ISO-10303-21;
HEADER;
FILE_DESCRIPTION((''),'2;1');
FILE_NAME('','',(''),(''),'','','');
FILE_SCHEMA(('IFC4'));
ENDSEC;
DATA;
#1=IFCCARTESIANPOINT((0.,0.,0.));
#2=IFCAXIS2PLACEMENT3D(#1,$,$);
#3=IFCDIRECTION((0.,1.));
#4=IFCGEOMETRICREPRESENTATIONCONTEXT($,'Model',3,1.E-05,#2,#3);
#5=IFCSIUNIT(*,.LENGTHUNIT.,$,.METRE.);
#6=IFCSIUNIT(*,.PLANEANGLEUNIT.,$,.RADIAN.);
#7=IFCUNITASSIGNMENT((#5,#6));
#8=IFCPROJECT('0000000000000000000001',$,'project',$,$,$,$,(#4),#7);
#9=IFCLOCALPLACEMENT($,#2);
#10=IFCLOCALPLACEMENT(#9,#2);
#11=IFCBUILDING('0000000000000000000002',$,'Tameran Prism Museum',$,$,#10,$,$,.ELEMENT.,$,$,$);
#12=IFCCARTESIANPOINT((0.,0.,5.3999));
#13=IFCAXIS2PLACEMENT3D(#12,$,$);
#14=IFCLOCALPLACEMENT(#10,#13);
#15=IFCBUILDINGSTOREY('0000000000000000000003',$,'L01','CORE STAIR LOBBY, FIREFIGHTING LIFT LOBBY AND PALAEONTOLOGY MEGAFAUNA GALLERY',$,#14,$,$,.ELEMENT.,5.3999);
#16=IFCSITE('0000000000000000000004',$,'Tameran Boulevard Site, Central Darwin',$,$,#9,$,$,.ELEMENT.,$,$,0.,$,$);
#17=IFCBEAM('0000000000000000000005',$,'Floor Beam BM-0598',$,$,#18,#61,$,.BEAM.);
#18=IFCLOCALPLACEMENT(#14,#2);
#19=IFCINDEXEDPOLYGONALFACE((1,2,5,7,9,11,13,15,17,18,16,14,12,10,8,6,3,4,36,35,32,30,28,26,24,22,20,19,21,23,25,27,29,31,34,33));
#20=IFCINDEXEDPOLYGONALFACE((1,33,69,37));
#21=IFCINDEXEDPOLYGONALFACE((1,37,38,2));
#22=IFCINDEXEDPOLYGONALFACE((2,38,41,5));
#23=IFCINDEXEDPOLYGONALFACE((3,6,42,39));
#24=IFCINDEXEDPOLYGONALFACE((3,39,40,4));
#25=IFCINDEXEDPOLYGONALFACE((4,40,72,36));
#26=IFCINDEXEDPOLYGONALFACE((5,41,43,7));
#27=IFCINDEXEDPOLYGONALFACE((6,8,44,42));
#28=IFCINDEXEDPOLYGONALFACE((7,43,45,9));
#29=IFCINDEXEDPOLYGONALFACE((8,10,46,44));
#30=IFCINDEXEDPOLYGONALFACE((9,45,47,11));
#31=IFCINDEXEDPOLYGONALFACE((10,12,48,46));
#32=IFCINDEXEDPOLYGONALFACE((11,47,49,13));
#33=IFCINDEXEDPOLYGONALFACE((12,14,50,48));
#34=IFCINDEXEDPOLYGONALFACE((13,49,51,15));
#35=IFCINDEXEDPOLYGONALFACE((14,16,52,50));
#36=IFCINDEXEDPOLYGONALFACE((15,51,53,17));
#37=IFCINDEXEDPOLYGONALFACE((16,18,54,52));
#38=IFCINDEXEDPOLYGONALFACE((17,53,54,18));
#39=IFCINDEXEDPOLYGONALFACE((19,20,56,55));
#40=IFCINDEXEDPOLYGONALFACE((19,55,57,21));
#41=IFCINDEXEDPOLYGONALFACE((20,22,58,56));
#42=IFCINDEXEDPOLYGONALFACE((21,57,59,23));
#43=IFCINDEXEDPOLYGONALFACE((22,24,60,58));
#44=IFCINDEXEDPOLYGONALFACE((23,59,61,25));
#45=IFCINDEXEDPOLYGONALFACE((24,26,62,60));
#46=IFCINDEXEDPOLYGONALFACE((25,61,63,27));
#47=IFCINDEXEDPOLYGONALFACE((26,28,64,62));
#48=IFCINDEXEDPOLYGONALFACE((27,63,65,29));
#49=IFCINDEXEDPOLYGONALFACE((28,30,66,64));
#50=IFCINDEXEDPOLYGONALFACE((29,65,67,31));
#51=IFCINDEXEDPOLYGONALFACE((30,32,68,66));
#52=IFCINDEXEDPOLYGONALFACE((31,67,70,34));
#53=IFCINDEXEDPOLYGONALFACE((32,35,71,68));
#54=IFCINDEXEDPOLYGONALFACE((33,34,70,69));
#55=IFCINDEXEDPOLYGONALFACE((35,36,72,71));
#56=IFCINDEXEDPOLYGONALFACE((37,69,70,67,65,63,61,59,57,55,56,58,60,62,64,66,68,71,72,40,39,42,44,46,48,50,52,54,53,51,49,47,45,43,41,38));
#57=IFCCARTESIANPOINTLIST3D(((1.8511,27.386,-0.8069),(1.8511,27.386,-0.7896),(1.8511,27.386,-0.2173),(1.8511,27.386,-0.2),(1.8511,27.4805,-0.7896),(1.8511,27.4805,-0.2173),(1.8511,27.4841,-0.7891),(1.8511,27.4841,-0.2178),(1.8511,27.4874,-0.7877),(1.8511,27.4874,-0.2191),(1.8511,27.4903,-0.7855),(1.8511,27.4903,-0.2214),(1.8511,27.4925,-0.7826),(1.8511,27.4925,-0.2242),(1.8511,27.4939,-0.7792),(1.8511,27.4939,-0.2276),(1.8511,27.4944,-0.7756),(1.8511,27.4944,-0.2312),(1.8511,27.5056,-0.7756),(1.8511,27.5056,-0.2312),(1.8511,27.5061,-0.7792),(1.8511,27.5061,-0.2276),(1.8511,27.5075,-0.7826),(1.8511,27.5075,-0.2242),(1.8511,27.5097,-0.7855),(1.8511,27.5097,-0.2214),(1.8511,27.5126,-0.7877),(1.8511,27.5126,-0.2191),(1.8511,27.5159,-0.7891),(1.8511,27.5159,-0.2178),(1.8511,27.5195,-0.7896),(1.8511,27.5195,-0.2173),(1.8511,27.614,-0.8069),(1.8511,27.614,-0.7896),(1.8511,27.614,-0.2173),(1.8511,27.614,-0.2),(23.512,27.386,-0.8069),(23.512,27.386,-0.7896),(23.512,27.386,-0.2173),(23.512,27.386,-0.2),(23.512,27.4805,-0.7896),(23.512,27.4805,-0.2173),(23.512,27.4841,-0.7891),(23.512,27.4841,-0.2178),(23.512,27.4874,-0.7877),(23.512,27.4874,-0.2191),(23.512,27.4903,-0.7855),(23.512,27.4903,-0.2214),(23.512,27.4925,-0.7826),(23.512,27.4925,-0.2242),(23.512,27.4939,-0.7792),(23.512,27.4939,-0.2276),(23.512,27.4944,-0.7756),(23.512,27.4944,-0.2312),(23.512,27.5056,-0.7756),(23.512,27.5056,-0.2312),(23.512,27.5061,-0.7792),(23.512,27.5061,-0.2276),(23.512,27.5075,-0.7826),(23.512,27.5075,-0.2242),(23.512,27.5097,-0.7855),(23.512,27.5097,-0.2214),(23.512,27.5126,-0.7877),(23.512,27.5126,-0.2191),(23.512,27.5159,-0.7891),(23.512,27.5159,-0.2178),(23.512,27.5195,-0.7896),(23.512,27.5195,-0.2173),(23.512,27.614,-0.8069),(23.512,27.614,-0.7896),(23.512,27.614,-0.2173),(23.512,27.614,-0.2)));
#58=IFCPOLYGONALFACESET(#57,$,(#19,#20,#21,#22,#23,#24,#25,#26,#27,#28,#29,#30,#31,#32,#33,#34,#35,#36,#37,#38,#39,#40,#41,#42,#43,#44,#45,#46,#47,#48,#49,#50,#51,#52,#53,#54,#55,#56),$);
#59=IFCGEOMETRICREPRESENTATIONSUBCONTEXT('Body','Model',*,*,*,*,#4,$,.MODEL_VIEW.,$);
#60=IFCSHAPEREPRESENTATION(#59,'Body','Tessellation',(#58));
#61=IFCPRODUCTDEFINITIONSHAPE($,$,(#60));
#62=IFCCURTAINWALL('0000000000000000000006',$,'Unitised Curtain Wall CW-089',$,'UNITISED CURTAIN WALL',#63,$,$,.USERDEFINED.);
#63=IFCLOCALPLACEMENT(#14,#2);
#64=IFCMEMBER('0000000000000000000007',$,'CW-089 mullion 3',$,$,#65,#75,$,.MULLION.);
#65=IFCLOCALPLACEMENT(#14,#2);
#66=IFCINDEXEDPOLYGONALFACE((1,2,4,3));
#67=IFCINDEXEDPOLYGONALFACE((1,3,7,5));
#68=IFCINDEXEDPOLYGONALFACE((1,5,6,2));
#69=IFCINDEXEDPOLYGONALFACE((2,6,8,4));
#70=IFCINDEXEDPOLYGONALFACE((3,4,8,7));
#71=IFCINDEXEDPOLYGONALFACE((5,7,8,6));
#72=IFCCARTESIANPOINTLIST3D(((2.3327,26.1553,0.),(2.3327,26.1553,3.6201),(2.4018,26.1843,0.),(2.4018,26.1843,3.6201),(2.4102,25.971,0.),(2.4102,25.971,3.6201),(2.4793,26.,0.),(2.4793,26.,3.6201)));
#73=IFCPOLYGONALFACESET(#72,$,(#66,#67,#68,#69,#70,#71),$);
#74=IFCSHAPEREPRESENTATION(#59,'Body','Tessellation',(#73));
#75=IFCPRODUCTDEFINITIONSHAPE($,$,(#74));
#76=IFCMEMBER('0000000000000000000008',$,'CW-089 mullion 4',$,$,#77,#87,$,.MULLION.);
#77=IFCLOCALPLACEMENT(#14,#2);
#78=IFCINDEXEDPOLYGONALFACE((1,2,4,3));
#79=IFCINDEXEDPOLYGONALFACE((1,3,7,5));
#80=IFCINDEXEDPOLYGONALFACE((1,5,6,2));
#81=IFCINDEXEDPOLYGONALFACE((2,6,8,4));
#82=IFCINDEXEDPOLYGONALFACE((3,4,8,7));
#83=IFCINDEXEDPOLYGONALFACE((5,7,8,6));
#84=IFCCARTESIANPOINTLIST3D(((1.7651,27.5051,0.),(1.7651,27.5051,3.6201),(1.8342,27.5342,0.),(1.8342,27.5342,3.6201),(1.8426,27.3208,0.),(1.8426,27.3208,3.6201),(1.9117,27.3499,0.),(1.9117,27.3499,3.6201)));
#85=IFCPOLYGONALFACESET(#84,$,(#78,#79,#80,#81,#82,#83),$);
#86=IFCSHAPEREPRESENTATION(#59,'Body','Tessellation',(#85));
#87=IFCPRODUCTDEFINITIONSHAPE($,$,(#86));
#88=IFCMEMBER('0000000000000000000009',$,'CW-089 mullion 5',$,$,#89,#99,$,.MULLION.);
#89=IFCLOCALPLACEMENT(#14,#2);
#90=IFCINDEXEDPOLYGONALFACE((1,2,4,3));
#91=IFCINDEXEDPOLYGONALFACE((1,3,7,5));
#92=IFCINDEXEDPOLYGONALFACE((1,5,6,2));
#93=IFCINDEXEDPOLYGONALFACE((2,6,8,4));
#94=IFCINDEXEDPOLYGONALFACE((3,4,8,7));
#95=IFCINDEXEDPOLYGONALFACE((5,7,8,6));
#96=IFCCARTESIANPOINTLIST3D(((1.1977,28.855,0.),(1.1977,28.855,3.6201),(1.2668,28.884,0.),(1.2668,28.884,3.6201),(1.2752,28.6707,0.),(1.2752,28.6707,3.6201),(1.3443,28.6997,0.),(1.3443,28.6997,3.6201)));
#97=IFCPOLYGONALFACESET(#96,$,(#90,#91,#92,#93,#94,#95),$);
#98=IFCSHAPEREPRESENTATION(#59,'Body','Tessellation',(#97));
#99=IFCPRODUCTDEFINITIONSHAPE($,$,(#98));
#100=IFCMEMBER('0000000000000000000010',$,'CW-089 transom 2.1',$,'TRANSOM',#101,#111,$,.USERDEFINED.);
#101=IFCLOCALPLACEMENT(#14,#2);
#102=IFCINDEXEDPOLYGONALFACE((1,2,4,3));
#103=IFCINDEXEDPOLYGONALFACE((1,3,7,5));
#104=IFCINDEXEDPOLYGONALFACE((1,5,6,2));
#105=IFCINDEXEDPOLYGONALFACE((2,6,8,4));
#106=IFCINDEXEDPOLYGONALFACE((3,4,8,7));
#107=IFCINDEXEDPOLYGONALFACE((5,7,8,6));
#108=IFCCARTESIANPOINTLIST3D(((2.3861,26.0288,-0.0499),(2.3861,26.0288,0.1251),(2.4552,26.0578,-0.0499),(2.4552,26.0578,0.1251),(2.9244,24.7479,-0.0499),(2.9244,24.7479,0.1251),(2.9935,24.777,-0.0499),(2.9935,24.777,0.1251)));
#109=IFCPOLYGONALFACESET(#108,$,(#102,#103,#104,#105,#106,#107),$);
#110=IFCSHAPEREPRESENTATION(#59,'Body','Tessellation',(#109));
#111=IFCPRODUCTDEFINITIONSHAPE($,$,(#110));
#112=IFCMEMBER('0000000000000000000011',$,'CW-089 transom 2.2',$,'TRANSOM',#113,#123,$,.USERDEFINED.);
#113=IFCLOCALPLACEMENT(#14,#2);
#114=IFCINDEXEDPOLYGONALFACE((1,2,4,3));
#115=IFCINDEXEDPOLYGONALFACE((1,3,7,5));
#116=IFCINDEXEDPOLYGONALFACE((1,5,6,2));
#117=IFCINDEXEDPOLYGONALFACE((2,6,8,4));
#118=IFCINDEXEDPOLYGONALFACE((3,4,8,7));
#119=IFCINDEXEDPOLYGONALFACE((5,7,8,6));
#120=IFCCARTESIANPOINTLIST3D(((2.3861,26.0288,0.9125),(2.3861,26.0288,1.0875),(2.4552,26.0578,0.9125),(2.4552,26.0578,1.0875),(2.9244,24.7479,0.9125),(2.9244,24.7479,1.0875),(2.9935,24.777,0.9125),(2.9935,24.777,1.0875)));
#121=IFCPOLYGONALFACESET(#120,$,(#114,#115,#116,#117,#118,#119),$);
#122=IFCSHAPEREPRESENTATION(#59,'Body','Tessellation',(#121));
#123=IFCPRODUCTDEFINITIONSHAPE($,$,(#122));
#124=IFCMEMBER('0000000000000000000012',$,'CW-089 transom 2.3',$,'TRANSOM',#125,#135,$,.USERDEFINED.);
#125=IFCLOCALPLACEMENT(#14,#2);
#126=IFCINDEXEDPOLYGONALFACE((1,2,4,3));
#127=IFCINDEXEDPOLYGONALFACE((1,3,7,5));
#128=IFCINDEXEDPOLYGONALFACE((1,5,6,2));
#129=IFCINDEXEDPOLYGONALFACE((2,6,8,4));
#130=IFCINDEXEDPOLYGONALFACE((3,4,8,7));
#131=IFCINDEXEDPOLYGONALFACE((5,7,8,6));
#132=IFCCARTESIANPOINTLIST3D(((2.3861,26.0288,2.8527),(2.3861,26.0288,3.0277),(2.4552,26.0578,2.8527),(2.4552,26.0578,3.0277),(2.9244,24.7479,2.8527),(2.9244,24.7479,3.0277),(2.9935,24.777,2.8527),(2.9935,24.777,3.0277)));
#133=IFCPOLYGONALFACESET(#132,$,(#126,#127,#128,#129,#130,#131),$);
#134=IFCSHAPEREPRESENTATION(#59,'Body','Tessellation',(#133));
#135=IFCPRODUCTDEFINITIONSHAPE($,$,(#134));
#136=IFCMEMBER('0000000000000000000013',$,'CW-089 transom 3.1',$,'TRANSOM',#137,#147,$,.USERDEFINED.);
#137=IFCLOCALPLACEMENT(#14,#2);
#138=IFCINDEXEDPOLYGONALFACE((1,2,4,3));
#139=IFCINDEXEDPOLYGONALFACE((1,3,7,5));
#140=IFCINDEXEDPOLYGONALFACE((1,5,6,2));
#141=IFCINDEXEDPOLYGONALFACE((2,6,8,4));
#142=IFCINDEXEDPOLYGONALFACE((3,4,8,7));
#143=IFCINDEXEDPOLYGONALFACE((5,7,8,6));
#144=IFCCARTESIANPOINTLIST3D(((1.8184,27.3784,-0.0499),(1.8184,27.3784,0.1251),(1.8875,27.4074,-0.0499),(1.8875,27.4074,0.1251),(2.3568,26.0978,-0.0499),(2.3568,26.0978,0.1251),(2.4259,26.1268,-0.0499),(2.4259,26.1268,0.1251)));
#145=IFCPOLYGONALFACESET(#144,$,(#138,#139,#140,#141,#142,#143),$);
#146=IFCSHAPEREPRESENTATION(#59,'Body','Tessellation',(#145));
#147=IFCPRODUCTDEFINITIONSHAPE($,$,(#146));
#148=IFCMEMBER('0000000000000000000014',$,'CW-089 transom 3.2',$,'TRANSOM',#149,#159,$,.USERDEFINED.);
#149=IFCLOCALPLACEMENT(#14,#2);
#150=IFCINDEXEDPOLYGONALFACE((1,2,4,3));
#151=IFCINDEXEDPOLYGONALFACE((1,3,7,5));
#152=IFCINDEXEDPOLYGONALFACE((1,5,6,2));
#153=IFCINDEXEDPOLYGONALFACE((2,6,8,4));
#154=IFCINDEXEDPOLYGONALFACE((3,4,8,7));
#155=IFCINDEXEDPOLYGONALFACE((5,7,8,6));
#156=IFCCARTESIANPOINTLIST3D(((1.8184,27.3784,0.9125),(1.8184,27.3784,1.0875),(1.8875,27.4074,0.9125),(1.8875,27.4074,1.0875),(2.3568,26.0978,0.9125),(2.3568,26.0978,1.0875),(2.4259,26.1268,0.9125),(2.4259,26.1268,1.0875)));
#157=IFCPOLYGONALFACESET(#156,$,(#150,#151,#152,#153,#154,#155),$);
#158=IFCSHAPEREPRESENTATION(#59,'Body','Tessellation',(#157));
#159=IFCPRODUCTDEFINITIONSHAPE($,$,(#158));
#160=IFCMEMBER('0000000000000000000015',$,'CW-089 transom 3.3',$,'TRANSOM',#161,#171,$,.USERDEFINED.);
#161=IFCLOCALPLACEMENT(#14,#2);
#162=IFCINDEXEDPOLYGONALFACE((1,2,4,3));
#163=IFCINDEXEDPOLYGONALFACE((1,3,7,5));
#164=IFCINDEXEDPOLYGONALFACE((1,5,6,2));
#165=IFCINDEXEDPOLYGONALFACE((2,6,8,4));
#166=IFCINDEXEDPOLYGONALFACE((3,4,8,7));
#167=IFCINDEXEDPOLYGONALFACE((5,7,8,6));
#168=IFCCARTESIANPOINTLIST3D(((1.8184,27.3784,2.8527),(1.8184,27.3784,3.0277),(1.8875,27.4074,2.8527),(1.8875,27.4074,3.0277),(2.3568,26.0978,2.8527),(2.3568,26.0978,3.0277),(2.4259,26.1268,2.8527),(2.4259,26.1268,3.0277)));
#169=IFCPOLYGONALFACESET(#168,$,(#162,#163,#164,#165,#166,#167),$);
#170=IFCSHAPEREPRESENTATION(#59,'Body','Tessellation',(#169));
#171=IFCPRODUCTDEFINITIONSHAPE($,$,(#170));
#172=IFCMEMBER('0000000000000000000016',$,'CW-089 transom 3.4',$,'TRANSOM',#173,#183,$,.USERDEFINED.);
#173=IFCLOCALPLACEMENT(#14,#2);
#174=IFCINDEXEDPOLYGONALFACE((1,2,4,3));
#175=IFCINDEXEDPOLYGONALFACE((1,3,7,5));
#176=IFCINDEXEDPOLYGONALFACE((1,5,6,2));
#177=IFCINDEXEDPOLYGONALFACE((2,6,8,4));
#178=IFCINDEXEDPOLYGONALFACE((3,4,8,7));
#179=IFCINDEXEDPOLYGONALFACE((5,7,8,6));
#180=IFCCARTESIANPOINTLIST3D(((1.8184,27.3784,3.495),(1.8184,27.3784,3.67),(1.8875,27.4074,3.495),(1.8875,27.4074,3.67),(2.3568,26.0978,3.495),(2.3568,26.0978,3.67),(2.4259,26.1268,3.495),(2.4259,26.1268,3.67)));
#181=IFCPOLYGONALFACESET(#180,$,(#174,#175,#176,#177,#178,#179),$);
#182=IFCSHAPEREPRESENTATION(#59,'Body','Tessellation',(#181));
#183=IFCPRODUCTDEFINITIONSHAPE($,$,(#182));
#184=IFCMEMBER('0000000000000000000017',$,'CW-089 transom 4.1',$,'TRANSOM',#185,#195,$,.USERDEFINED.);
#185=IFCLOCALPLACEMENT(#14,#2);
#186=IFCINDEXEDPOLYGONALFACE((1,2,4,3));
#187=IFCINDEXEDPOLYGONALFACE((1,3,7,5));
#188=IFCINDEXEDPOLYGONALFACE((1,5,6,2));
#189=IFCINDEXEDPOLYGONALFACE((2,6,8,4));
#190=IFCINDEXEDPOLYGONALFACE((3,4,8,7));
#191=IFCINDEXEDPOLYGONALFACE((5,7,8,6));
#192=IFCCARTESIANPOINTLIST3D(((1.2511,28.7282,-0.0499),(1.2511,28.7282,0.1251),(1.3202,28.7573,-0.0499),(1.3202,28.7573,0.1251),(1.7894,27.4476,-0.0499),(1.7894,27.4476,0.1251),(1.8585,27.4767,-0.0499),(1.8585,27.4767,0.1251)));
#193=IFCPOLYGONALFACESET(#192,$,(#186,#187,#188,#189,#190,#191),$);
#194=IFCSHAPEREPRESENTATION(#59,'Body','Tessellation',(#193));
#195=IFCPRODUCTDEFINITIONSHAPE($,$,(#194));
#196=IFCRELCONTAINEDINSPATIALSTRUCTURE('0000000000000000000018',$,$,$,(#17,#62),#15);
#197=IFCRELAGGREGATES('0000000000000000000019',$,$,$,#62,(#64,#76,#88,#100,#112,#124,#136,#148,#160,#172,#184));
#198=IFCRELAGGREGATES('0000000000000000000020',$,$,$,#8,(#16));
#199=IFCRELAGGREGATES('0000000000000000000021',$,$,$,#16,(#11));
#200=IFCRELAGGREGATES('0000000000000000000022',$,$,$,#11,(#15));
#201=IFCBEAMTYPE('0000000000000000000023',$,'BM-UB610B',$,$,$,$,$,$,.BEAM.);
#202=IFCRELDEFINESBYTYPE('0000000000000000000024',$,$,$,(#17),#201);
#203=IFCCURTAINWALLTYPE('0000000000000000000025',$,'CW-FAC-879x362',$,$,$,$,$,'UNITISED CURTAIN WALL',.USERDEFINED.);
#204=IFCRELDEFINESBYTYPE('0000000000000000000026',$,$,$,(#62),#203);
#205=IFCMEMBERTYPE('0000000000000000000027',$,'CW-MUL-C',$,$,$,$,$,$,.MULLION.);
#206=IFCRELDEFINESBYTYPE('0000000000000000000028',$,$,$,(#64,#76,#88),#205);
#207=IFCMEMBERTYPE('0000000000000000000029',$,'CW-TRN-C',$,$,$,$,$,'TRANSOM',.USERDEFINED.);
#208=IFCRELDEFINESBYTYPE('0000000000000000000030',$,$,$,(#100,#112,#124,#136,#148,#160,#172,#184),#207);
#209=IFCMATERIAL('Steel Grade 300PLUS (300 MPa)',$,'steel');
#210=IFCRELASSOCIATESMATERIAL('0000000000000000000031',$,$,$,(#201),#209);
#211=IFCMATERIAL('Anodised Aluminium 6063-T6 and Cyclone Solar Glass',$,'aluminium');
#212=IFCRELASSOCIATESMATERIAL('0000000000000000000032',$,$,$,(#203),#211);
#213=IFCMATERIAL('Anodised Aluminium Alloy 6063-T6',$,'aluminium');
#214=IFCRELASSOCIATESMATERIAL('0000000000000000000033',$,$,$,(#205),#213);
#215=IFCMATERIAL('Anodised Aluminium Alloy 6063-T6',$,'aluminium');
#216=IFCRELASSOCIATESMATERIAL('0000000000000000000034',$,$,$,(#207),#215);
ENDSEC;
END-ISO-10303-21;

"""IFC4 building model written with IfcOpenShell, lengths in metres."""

from ifc_helpers import new_model, si_unit, direction, frame, origin, origin_2d, place, context, subcontext, project, spatial, rectangle, i_section, extrude, material, material_profile, profile_set, type_object, element, aggregate, save


model = new_model("IFC4")

# Units and contexts
model_context = context("Model", 3, precision=1e-05, world=origin(), true_north=direction((0.0, 1.0)))
body_context = subcontext(model_context, "Body", "Model", "MODEL_VIEW")
ifc_project = project(units=[si_unit("LENGTHUNIT", "METRE"), si_unit("PLANEANGLEUNIT", "RADIAN")], contexts=[model_context])

# Site, building, storey
site_placement = place(None, origin())
site = spatial("IfcSite", under=ifc_project, at=site_placement, Name="Tameran Boulevard Site, Central Darwin", CompositionType="ELEMENT", RefElevation=0.0)
building_placement = place(site_placement, origin())
building = spatial("IfcBuilding", under=site, at=building_placement, Name="Tameran Prism Museum", CompositionType="ELEMENT")
storey_placement = place(building_placement, frame((0.0, 0.0, 5.3999)))
storey = spatial("IfcBuildingStorey", under=building, at=storey_placement, Name="L01", Description="CORE STAIR LOBBY, FIREFIGHTING LIFT LOBBY AND PALAEONTOLOGY MEGAFAUNA GALLERY", CompositionType="ELEMENT", Elevation=5.3999)

# Beam
ifc_material_1 = material(Name="Steel Grade 300PLUS (300 MPa)", Category="steel")
ifc_material_profile_1 = material_profile(ifc_material_1, i_section(OverallWidth=0.228, OverallDepth=0.6069, WebThickness=0.0112, FlangeThickness=0.0173, FilletRadius=0.0139, at=origin_2d()))
ifc_profile_set_1 = profile_set([ifc_material_profile_1])
beam_type = type_object("IfcBeamType", Name="BM-UB610B", PredefinedType="BEAM", material=ifc_profile_set_1)
beam_placement = place(storey_placement, frame((1.8511, 27.5, -0.5034), z_axis=(1.0, 0.0, 0.0), x_axis=(0.0, 1.0, 0.0)))
element("IfcBeam", 1, at=beam_placement, inside=storey, type_object=beam_type, Name="Floor Beam BM-0598", PredefinedType="BEAM", context=body_context, shape_type="SweptSolid", body=[
    extrude(i_section(OverallWidth=0.228, OverallDepth=0.6069, WebThickness=0.0112, FlangeThickness=0.0173, FilletRadius=0.0139, at=origin_2d()), origin(), (0.0, 0.0, 1.0), 21.6609),
])

# Curtain wall, members
ifc_material_2 = material(Name="Anodised Aluminium 6063-T6 and Cyclone Solar Glass", Category="aluminium")
curtain_wall_type = type_object("IfcCurtainWallType", Name="CW-FAC-879x362", ElementType="UNITISED CURTAIN WALL", PredefinedType="USERDEFINED", material=ifc_material_2)
curtain_wall_placement = place(storey_placement, origin())
curtain_wall = element("IfcCurtainWall", 2, at=curtain_wall_placement, inside=storey, type_object=curtain_wall_type, Name="Unitised Curtain Wall CW-089", ObjectType="UNITISED CURTAIN WALL", PredefinedType="USERDEFINED")
ifc_material_3 = material(Name="Anodised Aluminium Alloy 6063-T6", Category="aluminium")
ifc_material_profile_2 = material_profile(ifc_material_3, rectangle(XDim=0.075, YDim=0.2, at=origin_2d()))
ifc_profile_set_2 = profile_set([ifc_material_profile_2])
member_type_1 = type_object("IfcMemberType", Name="CW-MUL-C", PredefinedType="MULLION", material=ifc_profile_set_2)
member_1_placement = place(storey_placement, frame((2.406, 26.0776, 0.0), z_axis=(0.0, 0.0, 1.0), x_axis=(-0.921843, -0.387563, 0.0)))
member_1 = element("IfcMember", 3, at=member_1_placement, type_object=member_type_1, Name="CW-089 mullion 3", PredefinedType="MULLION", context=body_context, shape_type="SweptSolid", body=[
    extrude(rectangle(XDim=0.075, YDim=0.2, at=origin_2d()), origin(), (0.0, 0.0, 1.0), 3.6201),
])
member_2_placement = place(storey_placement, frame((1.8384, 27.4275, 0.0), z_axis=(0.0, 0.0, 1.0), x_axis=(-0.921843, -0.387563, 0.0)))
member_2 = element("IfcMember", 4, at=member_2_placement, type_object=member_type_1, Name="CW-089 mullion 4", PredefinedType="MULLION", context=body_context, shape_type="SweptSolid", body=[
    extrude(rectangle(XDim=0.075, YDim=0.2, at=origin_2d()), origin(), (0.0, 0.0, 1.0), 3.6201),
])
member_3_placement = place(storey_placement, frame((1.271, 28.7773, 0.0), z_axis=(0.0, 0.0, 1.0), x_axis=(-0.921843, -0.387563, 0.0)))
member_3 = element("IfcMember", 5, at=member_3_placement, type_object=member_type_1, Name="CW-089 mullion 5", PredefinedType="MULLION", context=body_context, shape_type="SweptSolid", body=[
    extrude(rectangle(XDim=0.075, YDim=0.2, at=origin_2d()), origin(), (0.0, 0.0, 1.0), 3.6201),
])
ifc_material_4 = material(Name="Anodised Aluminium Alloy 6063-T6", Category="aluminium")
ifc_material_profile_3 = material_profile(ifc_material_4, rectangle(XDim=0.075, YDim=0.175, at=origin_2d()))
ifc_profile_set_3 = profile_set([ifc_material_profile_3])
member_type_2 = type_object("IfcMemberType", Name="CW-TRN-C", ElementType="TRANSOM", PredefinedType="USERDEFINED", material=ifc_profile_set_3)
member_4_placement = place(storey_placement, frame((2.959, 24.7625, 0.0376), z_axis=(-0.387483, 0.921877, 0.0), x_axis=(-0.921877, -0.387483, 0.0)))
member_4 = element("IfcMember", 6, at=member_4_placement, type_object=member_type_2, Name="CW-089 transom 2.1", ObjectType="TRANSOM", PredefinedType="USERDEFINED", context=body_context, shape_type="SweptSolid", body=[
    extrude(rectangle(XDim=0.075, YDim=0.175, at=origin_2d()), origin(), (0.0, 0.0, 1.0), 1.3894),
])
member_5_placement = place(storey_placement, frame((2.959, 24.7625, 1.0), z_axis=(-0.387483, 0.921877, 0.0), x_axis=(-0.921877, -0.387483, 0.0)))
member_5 = element("IfcMember", 7, at=member_5_placement, type_object=member_type_2, Name="CW-089 transom 2.2", ObjectType="TRANSOM", PredefinedType="USERDEFINED", context=body_context, shape_type="SweptSolid", body=[
    extrude(rectangle(XDim=0.075, YDim=0.175, at=origin_2d()), origin(), (0.0, 0.0, 1.0), 1.3894),
])
member_6_placement = place(storey_placement, frame((2.959, 24.7625, 2.9402), z_axis=(-0.387483, 0.921877, 0.0), x_axis=(-0.921877, -0.387483, 0.0)))
member_6 = element("IfcMember", 8, at=member_6_placement, type_object=member_type_2, Name="CW-089 transom 2.3", ObjectType="TRANSOM", PredefinedType="USERDEFINED", context=body_context, shape_type="SweptSolid", body=[
    extrude(rectangle(XDim=0.075, YDim=0.175, at=origin_2d()), origin(), (0.0, 0.0, 1.0), 1.3894),
])
member_7_placement = place(storey_placement, frame((2.3914, 26.1123, 0.0376), z_axis=(-0.387546, 0.92185, 0.0), x_axis=(-0.92185, -0.387546, 0.0)))
member_7 = element("IfcMember", 9, at=member_7_placement, type_object=member_type_2, Name="CW-089 transom 3.1", ObjectType="TRANSOM", PredefinedType="USERDEFINED", context=body_context, shape_type="SweptSolid", body=[
    extrude(rectangle(XDim=0.075, YDim=0.175, at=origin_2d()), origin(), (0.0, 0.0, 1.0), 1.3892),
])
member_8_placement = place(storey_placement, frame((2.3914, 26.1123, 1.0), z_axis=(-0.387546, 0.92185, 0.0), x_axis=(-0.92185, -0.387546, 0.0)))
member_8 = element("IfcMember", 10, at=member_8_placement, type_object=member_type_2, Name="CW-089 transom 3.2", ObjectType="TRANSOM", PredefinedType="USERDEFINED", context=body_context, shape_type="SweptSolid", body=[
    extrude(rectangle(XDim=0.075, YDim=0.175, at=origin_2d()), origin(), (0.0, 0.0, 1.0), 1.3892),
])
member_9_placement = place(storey_placement, frame((2.3914, 26.1123, 2.9402), z_axis=(-0.387546, 0.92185, 0.0), x_axis=(-0.92185, -0.387546, 0.0)))
member_9 = element("IfcMember", 11, at=member_9_placement, type_object=member_type_2, Name="CW-089 transom 3.3", ObjectType="TRANSOM", PredefinedType="USERDEFINED", context=body_context, shape_type="SweptSolid", body=[
    extrude(rectangle(XDim=0.075, YDim=0.175, at=origin_2d()), origin(), (0.0, 0.0, 1.0), 1.3892),
])
member_10_placement = place(storey_placement, frame((2.3914, 26.1123, 3.5825), z_axis=(-0.387546, 0.92185, 0.0), x_axis=(-0.92185, -0.387546, 0.0)))
member_10 = element("IfcMember", 12, at=member_10_placement, type_object=member_type_2, Name="CW-089 transom 3.4", ObjectType="TRANSOM", PredefinedType="USERDEFINED", context=body_context, shape_type="SweptSolid", body=[
    extrude(rectangle(XDim=0.075, YDim=0.175, at=origin_2d()), origin(), (0.0, 0.0, 1.0), 1.3892),
])
member_11_placement = place(storey_placement, frame((1.824, 27.4622, 0.0376), z_axis=(-0.387546, 0.92185, 0.0), x_axis=(-0.92185, -0.387546, 0.0)))
member_11 = element("IfcMember", 13, at=member_11_placement, type_object=member_type_2, Name="CW-089 transom 4.1", ObjectType="TRANSOM", PredefinedType="USERDEFINED", context=body_context, shape_type="SweptSolid", body=[
    extrude(rectangle(XDim=0.075, YDim=0.175, at=origin_2d()), origin(), (0.0, 0.0, 1.0), 1.3892),
])
aggregate(curtain_wall, [member_1, member_2, member_3, member_4, member_5, member_6, member_7, member_8, member_9, member_10, member_11])

save(model, "model.ifc")
